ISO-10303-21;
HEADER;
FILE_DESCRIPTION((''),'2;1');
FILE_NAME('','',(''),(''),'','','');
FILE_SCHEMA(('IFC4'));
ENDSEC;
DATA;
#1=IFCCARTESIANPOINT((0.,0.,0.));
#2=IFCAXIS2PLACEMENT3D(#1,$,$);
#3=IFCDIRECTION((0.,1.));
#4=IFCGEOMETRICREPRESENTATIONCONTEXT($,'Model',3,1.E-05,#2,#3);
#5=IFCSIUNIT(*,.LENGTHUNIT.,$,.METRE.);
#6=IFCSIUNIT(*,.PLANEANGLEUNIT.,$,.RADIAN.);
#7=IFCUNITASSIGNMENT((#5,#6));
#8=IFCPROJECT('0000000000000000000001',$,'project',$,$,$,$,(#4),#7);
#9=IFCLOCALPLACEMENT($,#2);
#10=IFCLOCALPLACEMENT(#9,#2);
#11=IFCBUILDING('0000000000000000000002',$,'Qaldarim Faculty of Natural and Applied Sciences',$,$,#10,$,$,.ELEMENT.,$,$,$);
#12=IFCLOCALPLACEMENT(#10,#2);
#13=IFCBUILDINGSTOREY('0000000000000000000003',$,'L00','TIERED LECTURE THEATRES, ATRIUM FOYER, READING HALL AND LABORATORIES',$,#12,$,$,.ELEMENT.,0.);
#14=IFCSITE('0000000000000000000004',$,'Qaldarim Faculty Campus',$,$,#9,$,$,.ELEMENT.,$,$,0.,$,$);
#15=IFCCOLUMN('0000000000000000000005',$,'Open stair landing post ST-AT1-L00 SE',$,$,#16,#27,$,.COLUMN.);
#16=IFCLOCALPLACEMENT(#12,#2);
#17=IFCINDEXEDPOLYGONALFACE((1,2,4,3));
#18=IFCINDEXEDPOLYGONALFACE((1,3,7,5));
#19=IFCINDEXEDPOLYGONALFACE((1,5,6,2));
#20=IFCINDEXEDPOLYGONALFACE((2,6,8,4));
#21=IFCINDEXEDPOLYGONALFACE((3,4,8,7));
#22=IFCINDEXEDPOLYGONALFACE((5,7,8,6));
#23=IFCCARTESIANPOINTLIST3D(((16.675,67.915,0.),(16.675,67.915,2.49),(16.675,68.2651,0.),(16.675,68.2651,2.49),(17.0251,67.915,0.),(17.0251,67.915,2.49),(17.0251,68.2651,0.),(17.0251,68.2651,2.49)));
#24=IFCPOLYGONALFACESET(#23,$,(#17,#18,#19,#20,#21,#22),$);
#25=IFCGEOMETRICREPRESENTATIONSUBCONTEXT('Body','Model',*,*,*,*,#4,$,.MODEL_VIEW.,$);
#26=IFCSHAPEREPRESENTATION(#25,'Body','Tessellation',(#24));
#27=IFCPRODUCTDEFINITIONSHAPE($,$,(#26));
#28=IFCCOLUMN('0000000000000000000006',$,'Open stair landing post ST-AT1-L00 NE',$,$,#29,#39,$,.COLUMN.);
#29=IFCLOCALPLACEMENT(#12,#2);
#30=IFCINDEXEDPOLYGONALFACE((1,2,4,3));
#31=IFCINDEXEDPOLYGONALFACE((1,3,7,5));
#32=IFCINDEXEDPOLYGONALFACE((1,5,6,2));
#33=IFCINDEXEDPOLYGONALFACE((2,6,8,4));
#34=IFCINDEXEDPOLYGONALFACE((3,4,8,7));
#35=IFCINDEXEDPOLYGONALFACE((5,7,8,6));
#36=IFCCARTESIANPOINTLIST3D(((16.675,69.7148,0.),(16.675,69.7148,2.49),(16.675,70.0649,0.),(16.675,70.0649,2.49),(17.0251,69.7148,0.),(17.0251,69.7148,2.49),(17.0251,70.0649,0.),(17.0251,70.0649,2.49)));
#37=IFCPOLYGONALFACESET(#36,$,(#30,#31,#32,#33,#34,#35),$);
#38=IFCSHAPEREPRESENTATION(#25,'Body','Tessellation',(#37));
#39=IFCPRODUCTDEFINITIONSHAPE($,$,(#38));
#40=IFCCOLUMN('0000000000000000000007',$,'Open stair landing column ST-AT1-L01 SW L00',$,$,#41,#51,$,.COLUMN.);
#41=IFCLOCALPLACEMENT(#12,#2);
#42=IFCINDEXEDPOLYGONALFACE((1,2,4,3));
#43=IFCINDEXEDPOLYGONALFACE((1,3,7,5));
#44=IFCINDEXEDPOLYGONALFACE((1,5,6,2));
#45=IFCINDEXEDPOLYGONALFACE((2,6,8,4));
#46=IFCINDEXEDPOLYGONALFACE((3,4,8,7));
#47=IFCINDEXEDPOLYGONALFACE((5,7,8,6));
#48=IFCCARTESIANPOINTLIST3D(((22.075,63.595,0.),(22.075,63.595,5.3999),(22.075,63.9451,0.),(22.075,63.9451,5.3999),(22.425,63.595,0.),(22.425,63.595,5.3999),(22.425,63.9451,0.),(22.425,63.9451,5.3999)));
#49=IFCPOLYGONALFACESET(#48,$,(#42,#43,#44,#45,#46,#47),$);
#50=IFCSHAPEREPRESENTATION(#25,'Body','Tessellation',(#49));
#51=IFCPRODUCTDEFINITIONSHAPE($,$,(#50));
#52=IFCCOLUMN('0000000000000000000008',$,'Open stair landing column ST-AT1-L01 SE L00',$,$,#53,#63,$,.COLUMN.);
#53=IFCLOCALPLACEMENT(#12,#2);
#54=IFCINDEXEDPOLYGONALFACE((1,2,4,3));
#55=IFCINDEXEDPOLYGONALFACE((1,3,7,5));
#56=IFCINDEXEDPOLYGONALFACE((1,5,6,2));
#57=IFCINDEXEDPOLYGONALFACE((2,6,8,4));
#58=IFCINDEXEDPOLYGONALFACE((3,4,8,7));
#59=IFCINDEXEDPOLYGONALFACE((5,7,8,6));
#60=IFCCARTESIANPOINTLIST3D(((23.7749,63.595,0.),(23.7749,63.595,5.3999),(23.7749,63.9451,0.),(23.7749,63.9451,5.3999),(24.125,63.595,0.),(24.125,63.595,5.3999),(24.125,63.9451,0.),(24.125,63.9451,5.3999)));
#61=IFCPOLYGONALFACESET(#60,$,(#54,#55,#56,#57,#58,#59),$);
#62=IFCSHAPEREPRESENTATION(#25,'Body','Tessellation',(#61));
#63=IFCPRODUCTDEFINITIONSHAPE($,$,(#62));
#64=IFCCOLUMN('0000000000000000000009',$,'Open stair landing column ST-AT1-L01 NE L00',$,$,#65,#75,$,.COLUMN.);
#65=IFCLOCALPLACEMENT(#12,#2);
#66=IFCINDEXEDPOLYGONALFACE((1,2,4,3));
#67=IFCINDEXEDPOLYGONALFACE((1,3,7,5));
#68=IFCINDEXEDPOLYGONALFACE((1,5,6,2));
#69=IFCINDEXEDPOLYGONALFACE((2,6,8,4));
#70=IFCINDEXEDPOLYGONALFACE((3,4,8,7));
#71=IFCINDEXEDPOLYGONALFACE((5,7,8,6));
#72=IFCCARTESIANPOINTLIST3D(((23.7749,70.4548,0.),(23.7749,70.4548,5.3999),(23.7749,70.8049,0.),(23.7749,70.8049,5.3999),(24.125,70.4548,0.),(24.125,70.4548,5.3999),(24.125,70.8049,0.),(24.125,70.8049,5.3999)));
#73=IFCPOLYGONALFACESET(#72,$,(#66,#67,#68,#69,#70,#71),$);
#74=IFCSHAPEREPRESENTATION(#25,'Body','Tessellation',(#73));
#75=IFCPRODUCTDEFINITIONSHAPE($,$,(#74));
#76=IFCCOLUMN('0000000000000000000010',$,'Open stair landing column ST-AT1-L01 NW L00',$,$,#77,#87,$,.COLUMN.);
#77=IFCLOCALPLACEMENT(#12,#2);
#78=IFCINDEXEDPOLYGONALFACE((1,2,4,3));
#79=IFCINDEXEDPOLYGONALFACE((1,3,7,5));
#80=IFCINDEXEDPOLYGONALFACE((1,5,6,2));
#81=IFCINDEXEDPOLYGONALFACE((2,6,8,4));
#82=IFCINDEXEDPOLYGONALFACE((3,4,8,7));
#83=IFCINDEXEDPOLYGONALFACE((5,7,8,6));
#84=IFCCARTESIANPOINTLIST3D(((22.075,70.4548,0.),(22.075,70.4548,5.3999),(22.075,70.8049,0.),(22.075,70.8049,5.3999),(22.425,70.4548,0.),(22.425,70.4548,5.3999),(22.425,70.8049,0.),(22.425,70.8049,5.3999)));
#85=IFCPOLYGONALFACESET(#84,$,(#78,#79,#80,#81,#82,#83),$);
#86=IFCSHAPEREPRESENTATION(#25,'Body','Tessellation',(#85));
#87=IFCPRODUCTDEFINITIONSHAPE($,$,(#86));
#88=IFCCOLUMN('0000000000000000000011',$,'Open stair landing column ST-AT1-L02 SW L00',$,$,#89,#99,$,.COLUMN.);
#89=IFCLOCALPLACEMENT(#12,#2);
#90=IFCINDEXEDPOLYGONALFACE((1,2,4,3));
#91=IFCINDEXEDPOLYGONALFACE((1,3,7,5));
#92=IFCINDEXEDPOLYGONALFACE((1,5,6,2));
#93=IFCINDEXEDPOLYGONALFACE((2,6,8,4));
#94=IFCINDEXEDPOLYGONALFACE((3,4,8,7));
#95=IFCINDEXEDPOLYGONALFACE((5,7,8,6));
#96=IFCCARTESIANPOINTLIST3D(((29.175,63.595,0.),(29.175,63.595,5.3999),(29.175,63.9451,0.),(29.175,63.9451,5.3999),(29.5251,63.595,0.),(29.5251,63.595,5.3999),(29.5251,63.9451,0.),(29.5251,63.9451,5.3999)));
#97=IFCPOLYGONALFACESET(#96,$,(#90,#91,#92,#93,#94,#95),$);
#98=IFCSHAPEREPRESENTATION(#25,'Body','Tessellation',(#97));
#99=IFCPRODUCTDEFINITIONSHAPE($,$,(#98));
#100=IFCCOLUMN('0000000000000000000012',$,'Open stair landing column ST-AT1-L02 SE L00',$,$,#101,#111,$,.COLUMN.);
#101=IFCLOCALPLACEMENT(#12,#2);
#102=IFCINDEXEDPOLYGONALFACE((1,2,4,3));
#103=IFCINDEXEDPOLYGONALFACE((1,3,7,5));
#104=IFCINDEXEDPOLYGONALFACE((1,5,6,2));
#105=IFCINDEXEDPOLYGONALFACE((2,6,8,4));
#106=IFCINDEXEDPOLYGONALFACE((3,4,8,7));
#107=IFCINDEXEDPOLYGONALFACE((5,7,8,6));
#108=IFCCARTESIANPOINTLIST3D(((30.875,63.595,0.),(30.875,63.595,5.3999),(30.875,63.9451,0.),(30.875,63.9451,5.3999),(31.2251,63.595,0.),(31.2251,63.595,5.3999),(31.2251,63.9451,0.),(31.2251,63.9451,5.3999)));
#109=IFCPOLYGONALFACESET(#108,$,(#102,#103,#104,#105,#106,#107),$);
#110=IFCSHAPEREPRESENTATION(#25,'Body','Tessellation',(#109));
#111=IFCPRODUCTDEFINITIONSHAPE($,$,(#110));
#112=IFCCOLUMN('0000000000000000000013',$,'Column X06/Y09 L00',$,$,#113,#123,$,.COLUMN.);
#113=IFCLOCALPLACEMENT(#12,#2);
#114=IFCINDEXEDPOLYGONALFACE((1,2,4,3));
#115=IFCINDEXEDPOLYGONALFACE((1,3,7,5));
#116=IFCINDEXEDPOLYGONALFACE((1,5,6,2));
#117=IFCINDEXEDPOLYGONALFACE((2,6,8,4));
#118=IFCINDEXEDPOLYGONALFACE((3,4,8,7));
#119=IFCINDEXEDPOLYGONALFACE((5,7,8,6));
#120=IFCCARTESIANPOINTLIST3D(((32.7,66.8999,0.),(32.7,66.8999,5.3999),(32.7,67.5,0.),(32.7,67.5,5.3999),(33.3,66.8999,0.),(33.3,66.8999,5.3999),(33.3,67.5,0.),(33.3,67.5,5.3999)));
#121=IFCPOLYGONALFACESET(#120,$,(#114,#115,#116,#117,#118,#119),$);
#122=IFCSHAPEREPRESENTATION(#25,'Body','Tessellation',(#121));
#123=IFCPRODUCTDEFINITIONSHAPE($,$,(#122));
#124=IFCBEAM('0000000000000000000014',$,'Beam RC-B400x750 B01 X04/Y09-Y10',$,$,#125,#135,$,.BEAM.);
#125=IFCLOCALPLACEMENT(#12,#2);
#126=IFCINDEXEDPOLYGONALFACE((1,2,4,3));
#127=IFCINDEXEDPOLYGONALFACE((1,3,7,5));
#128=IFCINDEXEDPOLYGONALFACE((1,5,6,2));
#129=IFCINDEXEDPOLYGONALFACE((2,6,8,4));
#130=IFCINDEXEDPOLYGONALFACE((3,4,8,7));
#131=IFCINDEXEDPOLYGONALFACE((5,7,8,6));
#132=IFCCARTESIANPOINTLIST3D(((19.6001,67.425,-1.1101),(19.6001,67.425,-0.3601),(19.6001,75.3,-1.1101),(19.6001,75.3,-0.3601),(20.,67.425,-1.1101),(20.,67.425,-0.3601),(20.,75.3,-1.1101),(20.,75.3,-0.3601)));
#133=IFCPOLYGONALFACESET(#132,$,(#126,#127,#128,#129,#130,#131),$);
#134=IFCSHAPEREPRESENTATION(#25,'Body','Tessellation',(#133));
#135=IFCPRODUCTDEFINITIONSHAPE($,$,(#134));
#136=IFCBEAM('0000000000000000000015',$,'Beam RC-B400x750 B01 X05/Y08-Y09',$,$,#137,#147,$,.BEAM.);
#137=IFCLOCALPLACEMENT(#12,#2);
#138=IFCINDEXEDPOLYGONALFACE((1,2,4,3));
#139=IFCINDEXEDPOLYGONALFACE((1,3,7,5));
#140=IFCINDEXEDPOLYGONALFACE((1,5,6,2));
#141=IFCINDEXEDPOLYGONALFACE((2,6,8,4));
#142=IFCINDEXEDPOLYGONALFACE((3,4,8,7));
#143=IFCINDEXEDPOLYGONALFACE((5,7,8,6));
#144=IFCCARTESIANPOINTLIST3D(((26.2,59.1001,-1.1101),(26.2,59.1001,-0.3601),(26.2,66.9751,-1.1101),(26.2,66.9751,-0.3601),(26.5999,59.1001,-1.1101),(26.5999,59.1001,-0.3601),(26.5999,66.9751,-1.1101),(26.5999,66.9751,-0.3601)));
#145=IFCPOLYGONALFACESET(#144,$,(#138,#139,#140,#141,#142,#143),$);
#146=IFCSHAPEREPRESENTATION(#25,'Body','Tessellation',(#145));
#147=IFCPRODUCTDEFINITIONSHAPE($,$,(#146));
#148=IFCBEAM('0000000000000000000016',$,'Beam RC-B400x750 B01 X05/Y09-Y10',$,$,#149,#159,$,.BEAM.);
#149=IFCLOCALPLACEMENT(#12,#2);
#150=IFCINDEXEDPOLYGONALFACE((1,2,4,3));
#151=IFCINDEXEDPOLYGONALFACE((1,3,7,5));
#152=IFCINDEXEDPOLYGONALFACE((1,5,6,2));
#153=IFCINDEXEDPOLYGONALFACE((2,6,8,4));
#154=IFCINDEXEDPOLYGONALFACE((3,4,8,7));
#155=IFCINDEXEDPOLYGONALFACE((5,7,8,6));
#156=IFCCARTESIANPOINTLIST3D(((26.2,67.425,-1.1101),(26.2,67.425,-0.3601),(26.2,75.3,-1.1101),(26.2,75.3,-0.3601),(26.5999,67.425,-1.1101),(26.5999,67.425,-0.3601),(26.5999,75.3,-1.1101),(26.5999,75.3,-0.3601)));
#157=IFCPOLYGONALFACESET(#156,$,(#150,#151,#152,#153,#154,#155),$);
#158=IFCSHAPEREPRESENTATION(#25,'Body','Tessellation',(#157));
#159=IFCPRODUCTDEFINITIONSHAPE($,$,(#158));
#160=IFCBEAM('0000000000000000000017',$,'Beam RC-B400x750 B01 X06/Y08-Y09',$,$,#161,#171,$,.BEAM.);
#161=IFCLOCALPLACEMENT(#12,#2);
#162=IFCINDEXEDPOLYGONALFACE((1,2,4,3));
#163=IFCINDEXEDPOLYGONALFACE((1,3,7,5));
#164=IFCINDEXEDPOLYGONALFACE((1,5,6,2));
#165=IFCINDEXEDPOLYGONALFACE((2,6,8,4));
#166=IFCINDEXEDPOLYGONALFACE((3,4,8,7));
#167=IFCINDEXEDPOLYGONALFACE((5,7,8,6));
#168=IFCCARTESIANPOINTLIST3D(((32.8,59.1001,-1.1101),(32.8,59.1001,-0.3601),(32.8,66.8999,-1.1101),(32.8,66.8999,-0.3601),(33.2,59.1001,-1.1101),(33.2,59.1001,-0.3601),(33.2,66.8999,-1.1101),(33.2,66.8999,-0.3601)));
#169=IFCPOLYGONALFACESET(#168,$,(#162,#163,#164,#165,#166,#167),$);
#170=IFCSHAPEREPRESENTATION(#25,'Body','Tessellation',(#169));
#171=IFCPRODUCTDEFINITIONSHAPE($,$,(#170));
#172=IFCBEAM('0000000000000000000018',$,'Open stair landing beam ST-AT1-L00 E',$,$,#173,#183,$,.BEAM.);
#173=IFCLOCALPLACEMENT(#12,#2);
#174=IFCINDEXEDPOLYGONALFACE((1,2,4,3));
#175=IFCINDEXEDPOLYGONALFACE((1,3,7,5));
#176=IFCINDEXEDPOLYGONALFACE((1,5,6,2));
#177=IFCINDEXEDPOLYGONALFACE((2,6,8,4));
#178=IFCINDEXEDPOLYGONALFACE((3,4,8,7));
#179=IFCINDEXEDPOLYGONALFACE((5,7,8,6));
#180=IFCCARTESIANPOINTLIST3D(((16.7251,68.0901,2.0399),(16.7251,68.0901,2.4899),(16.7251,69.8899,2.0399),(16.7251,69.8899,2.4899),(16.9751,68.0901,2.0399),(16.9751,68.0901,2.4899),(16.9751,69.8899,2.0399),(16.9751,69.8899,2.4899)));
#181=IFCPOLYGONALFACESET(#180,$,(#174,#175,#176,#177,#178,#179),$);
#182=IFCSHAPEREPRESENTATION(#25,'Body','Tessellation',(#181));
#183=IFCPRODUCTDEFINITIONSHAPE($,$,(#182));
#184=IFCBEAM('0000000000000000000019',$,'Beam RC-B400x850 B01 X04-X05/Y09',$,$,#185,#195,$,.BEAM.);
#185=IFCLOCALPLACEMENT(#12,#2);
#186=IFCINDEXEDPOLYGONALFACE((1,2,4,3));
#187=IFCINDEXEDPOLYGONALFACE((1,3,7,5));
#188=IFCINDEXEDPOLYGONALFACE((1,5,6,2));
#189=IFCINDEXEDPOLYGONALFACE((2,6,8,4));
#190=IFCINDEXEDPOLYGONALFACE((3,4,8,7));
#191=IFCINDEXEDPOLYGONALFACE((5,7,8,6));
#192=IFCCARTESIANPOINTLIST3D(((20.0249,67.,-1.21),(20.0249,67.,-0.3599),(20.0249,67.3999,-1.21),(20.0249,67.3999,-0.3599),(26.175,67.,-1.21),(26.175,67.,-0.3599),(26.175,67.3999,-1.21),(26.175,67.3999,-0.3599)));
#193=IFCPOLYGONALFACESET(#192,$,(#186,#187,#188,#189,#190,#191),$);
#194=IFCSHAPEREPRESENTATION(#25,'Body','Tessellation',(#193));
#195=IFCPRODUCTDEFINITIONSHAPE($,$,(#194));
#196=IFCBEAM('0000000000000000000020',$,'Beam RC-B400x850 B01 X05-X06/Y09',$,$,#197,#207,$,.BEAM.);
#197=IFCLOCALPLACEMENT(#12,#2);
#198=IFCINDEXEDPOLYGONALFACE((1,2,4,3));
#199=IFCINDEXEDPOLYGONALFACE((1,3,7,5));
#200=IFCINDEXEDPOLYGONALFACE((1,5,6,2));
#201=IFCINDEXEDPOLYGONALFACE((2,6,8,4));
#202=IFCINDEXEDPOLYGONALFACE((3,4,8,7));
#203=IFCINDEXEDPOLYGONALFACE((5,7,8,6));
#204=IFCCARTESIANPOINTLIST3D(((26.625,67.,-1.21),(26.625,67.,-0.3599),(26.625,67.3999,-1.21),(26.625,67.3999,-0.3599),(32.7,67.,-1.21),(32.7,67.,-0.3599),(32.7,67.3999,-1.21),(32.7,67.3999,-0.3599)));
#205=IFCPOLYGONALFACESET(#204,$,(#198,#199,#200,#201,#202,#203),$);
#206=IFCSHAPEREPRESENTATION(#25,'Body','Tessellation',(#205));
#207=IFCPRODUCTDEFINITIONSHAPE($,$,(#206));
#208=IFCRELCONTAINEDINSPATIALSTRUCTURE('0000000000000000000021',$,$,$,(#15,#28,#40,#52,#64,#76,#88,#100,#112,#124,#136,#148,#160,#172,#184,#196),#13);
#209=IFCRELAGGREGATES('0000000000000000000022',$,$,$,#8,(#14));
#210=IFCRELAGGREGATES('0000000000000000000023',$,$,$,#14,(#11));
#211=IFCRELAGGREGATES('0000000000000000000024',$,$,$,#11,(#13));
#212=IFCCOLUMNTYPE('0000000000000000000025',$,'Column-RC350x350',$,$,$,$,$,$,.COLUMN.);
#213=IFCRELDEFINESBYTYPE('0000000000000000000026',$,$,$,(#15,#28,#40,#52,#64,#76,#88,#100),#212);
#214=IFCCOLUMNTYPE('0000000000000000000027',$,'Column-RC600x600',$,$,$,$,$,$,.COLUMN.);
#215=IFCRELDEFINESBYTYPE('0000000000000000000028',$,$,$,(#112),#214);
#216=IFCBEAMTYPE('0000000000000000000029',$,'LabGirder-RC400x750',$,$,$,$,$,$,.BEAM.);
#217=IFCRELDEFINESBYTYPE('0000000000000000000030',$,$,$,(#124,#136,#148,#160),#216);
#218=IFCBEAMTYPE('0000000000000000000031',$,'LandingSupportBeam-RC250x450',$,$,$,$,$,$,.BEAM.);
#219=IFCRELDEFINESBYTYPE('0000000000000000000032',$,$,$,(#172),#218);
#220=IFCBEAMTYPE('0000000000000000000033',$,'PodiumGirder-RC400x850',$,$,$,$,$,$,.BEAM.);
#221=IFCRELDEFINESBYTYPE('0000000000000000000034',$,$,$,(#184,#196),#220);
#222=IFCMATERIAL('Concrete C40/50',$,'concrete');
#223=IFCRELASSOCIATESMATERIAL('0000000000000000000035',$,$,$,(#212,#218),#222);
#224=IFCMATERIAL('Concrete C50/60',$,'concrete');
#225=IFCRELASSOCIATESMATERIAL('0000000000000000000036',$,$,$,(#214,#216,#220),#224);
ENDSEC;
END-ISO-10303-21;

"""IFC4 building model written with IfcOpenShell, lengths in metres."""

from ifc_helpers import new_model, si_unit, direction, frame, origin, origin_2d, place, context, subcontext, project, spatial, rectangle, extrude, material, material_profile, profile_set, type_object, element, save


model = new_model("IFC4")

# Units and contexts
model_context = context("Model", 3, precision=1e-05, world=origin(), true_north=direction((0.0, 1.0)))
body_context = subcontext(model_context, "Body", "Model", "MODEL_VIEW")
ifc_project = project(units=[si_unit("LENGTHUNIT", "METRE"), si_unit("PLANEANGLEUNIT", "RADIAN")], contexts=[model_context])

# Site, building, storey
site_placement = place(None, origin())
site = spatial("IfcSite", under=ifc_project, at=site_placement, Name="Qaldarim Faculty Campus", CompositionType="ELEMENT", RefElevation=0.0)
building_placement = place(site_placement, origin())
building = spatial("IfcBuilding", under=site, at=building_placement, Name="Qaldarim Faculty of Natural and Applied Sciences", CompositionType="ELEMENT")
storey_placement = place(building_placement, origin())
storey = spatial("IfcBuildingStorey", under=building, at=storey_placement, Name="L00", Description="TIERED LECTURE THEATRES, ATRIUM FOYER, READING HALL AND LABORATORIES", CompositionType="ELEMENT", Elevation=0.0)

# Columns
ifc_material_1 = material(Name="Concrete C40/50", Category="concrete")
ifc_material_profile_1 = material_profile(ifc_material_1, rectangle(XDim=0.3501, YDim=0.3501, at=origin_2d()), Name="RC-C350x350")
ifc_profile_set_1 = profile_set([ifc_material_profile_1], Name="Concrete C40/50")
column_type_1 = type_object("IfcColumnType", Name="Column-RC350x350", PredefinedType="COLUMN", material=ifc_profile_set_1)
for number, where, z_axis, x_axis, name in (
    (1, (16.8501, 68.0901, 0.0), (0.0, 0.0, 1.0), (1.0, 0.0, 0.0), "Open stair landing post ST-AT1-L00 SE"),
    (2, (16.8501, 69.8899, 0.0), (0.0, 0.0, 1.0), (1.0, 0.0, 0.0), "Open stair landing post ST-AT1-L00 NE"),
):
    element("IfcColumn", number, at=place(storey_placement, frame(where, z_axis=z_axis, x_axis=x_axis)), inside=storey, type_object=column_type_1, Name=name, PredefinedType="COLUMN", context=body_context, shape_type="SweptSolid", body=[
        extrude(rectangle(XDim=0.3501, YDim=0.3501, at=origin_2d()), origin(), (0.0, 0.0, 1.0), 2.49),
    ])
for number, where, z_axis, x_axis, name in (
    (3, (22.25, 63.77, 0.0), (0.0, 0.0, 1.0), (1.0, 0.0, 0.0), "Open stair landing column ST-AT1-L01 SW L00"),
    (4, (23.95, 63.77, 0.0), (0.0, 0.0, 1.0), (1.0, 0.0, 0.0), "Open stair landing column ST-AT1-L01 SE L00"),
    (5, (23.95, 70.6299, 0.0), (0.0, 0.0, 1.0), (1.0, 0.0, 0.0), "Open stair landing column ST-AT1-L01 NE L00"),
    (6, (22.25, 70.6299, 0.0), (0.0, 0.0, 1.0), (1.0, 0.0, 0.0), "Open stair landing column ST-AT1-L01 NW L00"),
    (7, (29.3501, 63.77, 0.0), (0.0, 0.0, 1.0), (1.0, 0.0, 0.0), "Open stair landing column ST-AT1-L02 SW L00"),
    (8, (31.05, 63.77, 0.0), (0.0, 0.0, 1.0), (1.0, 0.0, 0.0), "Open stair landing column ST-AT1-L02 SE L00"),
):
    element("IfcColumn", number, at=place(storey_placement, frame(where, z_axis=z_axis, x_axis=x_axis)), inside=storey, type_object=column_type_1, Name=name, PredefinedType="COLUMN", context=body_context, shape_type="SweptSolid", body=[
        extrude(rectangle(XDim=0.3501, YDim=0.3501, at=origin_2d()), origin(), (0.0, 0.0, 1.0), 5.3999),
    ])
ifc_material_2 = material(Name="Concrete C50/60", Category="concrete")
ifc_material_profile_2 = material_profile(ifc_material_2, rectangle(XDim=0.6001, YDim=0.6001, at=origin_2d()), Name="RC-C600x600")
ifc_profile_set_2 = profile_set([ifc_material_profile_2], Name="Concrete C50/60")
column_type_2 = type_object("IfcColumnType", Name="Column-RC600x600", PredefinedType="COLUMN", material=ifc_profile_set_2)
column_placement = place(storey_placement, frame((33.0, 67.2, 0.0), z_axis=(0.0, 0.0, 1.0), x_axis=(1.0, 0.0, 0.0)))
element("IfcColumn", 9, at=column_placement, inside=storey, type_object=column_type_2, Name="Column X06/Y09 L00", PredefinedType="COLUMN", context=body_context, shape_type="SweptSolid", body=[
    extrude(rectangle(XDim=0.6001, YDim=0.6001, at=origin_2d()), origin(), (0.0, 0.0, 1.0), 5.3999),
])

# Beams
ifc_material_profile_3 = material_profile(ifc_material_2, rectangle(XDim=0.3999, YDim=0.75, at=origin_2d()), Name="RC-B400x750")
ifc_profile_set_3 = profile_set([ifc_material_profile_3], Name="Concrete C50/60")
beam_type_1 = type_object("IfcBeamType", Name="LabGirder-RC400x750", PredefinedType="BEAM", material=ifc_profile_set_3)
for number, where, z_axis, x_axis, name in (
    (10, (19.8, 67.425, -0.7351), (0.0, 1.0, 0.0), (-1.0, 0.0, 0.0), "Beam RC-B400x750 B01 X04/Y09-Y10"),
    (11, (26.3999, 59.1001, -0.7351), (0.0, 1.0, 0.0), (-1.0, 0.0, 0.0), "Beam RC-B400x750 B01 X05/Y08-Y09"),
    (12, (26.3999, 67.425, -0.7351), (0.0, 1.0, 0.0), (-1.0, 0.0, 0.0), "Beam RC-B400x750 B01 X05/Y09-Y10"),
):
    element("IfcBeam", number, at=place(storey_placement, frame(where, z_axis=z_axis, x_axis=x_axis)), inside=storey, type_object=beam_type_1, Name=name, PredefinedType="BEAM", context=body_context, shape_type="SweptSolid", body=[
        extrude(rectangle(XDim=0.3999, YDim=0.75, at=origin_2d()), origin(), (0.0, 0.0, 1.0), 7.875),
    ])
beam_1_placement = place(storey_placement, frame((33.0, 59.1001, -0.7351), z_axis=(0.0, 1.0, 0.0), x_axis=(-1.0, 0.0, 0.0)))
element("IfcBeam", 13, at=beam_1_placement, inside=storey, type_object=beam_type_1, Name="Beam RC-B400x750 B01 X06/Y08-Y09", PredefinedType="BEAM", context=body_context, shape_type="SweptSolid", body=[
    extrude(rectangle(XDim=0.3999, YDim=0.75, at=origin_2d()), origin(), (0.0, 0.0, 1.0), 7.7998),
])
ifc_material_profile_4 = material_profile(ifc_material_1, rectangle(XDim=0.25, YDim=0.45, at=origin_2d()), Name="RC-LN250x450")
ifc_profile_set_4 = profile_set([ifc_material_profile_4], Name="Concrete C40/50")
beam_type_2 = type_object("IfcBeamType", Name="LandingSupportBeam-RC250x450", PredefinedType="BEAM", material=ifc_profile_set_4)
beam_2_placement = place(storey_placement, frame((16.8501, 68.0901, 2.2649), z_axis=(0.0, 1.0, 0.0), x_axis=(-1.0, 0.0, 0.0)))
element("IfcBeam", 14, at=beam_2_placement, inside=storey, type_object=beam_type_2, Name="Open stair landing beam ST-AT1-L00 E", PredefinedType="BEAM", context=body_context, shape_type="SweptSolid", body=[
    extrude(rectangle(XDim=0.25, YDim=0.45, at=origin_2d()), origin(), (0.0, 0.0, 1.0), 1.7998),
])
ifc_material_profile_5 = material_profile(ifc_material_2, rectangle(XDim=0.3999, YDim=0.8501, at=origin_2d()), Name="RC-B400x850")
ifc_profile_set_5 = profile_set([ifc_material_profile_5], Name="Concrete C50/60")
beam_type_3 = type_object("IfcBeamType", Name="PodiumGirder-RC400x850", PredefinedType="BEAM", material=ifc_profile_set_5)
beam_3_placement = place(storey_placement, frame((20.0249, 67.2, -0.7849), z_axis=(1.0, 0.0, 0.0), x_axis=(0.0, 1.0, 0.0)))
element("IfcBeam", 15, at=beam_3_placement, inside=storey, type_object=beam_type_3, Name="Beam RC-B400x850 B01 X04-X05/Y09", PredefinedType="BEAM", context=body_context, shape_type="SweptSolid", body=[
    extrude(rectangle(XDim=0.3999, YDim=0.8501, at=origin_2d()), origin(), (0.0, 0.0, 1.0), 6.1501),
])
beam_4_placement = place(storey_placement, frame((26.625, 67.2, -0.7849), z_axis=(1.0, 0.0, 0.0), x_axis=(0.0, 1.0, 0.0)))
element("IfcBeam", 16, at=beam_4_placement, inside=storey, type_object=beam_type_3, Name="Beam RC-B400x850 B01 X05-X06/Y09", PredefinedType="BEAM", context=body_context, shape_type="SweptSolid", body=[
    extrude(rectangle(XDim=0.3999, YDim=0.8501, at=origin_2d()), origin(), (0.0, 0.0, 1.0), 6.075),
])

save(model, "model.ifc")
